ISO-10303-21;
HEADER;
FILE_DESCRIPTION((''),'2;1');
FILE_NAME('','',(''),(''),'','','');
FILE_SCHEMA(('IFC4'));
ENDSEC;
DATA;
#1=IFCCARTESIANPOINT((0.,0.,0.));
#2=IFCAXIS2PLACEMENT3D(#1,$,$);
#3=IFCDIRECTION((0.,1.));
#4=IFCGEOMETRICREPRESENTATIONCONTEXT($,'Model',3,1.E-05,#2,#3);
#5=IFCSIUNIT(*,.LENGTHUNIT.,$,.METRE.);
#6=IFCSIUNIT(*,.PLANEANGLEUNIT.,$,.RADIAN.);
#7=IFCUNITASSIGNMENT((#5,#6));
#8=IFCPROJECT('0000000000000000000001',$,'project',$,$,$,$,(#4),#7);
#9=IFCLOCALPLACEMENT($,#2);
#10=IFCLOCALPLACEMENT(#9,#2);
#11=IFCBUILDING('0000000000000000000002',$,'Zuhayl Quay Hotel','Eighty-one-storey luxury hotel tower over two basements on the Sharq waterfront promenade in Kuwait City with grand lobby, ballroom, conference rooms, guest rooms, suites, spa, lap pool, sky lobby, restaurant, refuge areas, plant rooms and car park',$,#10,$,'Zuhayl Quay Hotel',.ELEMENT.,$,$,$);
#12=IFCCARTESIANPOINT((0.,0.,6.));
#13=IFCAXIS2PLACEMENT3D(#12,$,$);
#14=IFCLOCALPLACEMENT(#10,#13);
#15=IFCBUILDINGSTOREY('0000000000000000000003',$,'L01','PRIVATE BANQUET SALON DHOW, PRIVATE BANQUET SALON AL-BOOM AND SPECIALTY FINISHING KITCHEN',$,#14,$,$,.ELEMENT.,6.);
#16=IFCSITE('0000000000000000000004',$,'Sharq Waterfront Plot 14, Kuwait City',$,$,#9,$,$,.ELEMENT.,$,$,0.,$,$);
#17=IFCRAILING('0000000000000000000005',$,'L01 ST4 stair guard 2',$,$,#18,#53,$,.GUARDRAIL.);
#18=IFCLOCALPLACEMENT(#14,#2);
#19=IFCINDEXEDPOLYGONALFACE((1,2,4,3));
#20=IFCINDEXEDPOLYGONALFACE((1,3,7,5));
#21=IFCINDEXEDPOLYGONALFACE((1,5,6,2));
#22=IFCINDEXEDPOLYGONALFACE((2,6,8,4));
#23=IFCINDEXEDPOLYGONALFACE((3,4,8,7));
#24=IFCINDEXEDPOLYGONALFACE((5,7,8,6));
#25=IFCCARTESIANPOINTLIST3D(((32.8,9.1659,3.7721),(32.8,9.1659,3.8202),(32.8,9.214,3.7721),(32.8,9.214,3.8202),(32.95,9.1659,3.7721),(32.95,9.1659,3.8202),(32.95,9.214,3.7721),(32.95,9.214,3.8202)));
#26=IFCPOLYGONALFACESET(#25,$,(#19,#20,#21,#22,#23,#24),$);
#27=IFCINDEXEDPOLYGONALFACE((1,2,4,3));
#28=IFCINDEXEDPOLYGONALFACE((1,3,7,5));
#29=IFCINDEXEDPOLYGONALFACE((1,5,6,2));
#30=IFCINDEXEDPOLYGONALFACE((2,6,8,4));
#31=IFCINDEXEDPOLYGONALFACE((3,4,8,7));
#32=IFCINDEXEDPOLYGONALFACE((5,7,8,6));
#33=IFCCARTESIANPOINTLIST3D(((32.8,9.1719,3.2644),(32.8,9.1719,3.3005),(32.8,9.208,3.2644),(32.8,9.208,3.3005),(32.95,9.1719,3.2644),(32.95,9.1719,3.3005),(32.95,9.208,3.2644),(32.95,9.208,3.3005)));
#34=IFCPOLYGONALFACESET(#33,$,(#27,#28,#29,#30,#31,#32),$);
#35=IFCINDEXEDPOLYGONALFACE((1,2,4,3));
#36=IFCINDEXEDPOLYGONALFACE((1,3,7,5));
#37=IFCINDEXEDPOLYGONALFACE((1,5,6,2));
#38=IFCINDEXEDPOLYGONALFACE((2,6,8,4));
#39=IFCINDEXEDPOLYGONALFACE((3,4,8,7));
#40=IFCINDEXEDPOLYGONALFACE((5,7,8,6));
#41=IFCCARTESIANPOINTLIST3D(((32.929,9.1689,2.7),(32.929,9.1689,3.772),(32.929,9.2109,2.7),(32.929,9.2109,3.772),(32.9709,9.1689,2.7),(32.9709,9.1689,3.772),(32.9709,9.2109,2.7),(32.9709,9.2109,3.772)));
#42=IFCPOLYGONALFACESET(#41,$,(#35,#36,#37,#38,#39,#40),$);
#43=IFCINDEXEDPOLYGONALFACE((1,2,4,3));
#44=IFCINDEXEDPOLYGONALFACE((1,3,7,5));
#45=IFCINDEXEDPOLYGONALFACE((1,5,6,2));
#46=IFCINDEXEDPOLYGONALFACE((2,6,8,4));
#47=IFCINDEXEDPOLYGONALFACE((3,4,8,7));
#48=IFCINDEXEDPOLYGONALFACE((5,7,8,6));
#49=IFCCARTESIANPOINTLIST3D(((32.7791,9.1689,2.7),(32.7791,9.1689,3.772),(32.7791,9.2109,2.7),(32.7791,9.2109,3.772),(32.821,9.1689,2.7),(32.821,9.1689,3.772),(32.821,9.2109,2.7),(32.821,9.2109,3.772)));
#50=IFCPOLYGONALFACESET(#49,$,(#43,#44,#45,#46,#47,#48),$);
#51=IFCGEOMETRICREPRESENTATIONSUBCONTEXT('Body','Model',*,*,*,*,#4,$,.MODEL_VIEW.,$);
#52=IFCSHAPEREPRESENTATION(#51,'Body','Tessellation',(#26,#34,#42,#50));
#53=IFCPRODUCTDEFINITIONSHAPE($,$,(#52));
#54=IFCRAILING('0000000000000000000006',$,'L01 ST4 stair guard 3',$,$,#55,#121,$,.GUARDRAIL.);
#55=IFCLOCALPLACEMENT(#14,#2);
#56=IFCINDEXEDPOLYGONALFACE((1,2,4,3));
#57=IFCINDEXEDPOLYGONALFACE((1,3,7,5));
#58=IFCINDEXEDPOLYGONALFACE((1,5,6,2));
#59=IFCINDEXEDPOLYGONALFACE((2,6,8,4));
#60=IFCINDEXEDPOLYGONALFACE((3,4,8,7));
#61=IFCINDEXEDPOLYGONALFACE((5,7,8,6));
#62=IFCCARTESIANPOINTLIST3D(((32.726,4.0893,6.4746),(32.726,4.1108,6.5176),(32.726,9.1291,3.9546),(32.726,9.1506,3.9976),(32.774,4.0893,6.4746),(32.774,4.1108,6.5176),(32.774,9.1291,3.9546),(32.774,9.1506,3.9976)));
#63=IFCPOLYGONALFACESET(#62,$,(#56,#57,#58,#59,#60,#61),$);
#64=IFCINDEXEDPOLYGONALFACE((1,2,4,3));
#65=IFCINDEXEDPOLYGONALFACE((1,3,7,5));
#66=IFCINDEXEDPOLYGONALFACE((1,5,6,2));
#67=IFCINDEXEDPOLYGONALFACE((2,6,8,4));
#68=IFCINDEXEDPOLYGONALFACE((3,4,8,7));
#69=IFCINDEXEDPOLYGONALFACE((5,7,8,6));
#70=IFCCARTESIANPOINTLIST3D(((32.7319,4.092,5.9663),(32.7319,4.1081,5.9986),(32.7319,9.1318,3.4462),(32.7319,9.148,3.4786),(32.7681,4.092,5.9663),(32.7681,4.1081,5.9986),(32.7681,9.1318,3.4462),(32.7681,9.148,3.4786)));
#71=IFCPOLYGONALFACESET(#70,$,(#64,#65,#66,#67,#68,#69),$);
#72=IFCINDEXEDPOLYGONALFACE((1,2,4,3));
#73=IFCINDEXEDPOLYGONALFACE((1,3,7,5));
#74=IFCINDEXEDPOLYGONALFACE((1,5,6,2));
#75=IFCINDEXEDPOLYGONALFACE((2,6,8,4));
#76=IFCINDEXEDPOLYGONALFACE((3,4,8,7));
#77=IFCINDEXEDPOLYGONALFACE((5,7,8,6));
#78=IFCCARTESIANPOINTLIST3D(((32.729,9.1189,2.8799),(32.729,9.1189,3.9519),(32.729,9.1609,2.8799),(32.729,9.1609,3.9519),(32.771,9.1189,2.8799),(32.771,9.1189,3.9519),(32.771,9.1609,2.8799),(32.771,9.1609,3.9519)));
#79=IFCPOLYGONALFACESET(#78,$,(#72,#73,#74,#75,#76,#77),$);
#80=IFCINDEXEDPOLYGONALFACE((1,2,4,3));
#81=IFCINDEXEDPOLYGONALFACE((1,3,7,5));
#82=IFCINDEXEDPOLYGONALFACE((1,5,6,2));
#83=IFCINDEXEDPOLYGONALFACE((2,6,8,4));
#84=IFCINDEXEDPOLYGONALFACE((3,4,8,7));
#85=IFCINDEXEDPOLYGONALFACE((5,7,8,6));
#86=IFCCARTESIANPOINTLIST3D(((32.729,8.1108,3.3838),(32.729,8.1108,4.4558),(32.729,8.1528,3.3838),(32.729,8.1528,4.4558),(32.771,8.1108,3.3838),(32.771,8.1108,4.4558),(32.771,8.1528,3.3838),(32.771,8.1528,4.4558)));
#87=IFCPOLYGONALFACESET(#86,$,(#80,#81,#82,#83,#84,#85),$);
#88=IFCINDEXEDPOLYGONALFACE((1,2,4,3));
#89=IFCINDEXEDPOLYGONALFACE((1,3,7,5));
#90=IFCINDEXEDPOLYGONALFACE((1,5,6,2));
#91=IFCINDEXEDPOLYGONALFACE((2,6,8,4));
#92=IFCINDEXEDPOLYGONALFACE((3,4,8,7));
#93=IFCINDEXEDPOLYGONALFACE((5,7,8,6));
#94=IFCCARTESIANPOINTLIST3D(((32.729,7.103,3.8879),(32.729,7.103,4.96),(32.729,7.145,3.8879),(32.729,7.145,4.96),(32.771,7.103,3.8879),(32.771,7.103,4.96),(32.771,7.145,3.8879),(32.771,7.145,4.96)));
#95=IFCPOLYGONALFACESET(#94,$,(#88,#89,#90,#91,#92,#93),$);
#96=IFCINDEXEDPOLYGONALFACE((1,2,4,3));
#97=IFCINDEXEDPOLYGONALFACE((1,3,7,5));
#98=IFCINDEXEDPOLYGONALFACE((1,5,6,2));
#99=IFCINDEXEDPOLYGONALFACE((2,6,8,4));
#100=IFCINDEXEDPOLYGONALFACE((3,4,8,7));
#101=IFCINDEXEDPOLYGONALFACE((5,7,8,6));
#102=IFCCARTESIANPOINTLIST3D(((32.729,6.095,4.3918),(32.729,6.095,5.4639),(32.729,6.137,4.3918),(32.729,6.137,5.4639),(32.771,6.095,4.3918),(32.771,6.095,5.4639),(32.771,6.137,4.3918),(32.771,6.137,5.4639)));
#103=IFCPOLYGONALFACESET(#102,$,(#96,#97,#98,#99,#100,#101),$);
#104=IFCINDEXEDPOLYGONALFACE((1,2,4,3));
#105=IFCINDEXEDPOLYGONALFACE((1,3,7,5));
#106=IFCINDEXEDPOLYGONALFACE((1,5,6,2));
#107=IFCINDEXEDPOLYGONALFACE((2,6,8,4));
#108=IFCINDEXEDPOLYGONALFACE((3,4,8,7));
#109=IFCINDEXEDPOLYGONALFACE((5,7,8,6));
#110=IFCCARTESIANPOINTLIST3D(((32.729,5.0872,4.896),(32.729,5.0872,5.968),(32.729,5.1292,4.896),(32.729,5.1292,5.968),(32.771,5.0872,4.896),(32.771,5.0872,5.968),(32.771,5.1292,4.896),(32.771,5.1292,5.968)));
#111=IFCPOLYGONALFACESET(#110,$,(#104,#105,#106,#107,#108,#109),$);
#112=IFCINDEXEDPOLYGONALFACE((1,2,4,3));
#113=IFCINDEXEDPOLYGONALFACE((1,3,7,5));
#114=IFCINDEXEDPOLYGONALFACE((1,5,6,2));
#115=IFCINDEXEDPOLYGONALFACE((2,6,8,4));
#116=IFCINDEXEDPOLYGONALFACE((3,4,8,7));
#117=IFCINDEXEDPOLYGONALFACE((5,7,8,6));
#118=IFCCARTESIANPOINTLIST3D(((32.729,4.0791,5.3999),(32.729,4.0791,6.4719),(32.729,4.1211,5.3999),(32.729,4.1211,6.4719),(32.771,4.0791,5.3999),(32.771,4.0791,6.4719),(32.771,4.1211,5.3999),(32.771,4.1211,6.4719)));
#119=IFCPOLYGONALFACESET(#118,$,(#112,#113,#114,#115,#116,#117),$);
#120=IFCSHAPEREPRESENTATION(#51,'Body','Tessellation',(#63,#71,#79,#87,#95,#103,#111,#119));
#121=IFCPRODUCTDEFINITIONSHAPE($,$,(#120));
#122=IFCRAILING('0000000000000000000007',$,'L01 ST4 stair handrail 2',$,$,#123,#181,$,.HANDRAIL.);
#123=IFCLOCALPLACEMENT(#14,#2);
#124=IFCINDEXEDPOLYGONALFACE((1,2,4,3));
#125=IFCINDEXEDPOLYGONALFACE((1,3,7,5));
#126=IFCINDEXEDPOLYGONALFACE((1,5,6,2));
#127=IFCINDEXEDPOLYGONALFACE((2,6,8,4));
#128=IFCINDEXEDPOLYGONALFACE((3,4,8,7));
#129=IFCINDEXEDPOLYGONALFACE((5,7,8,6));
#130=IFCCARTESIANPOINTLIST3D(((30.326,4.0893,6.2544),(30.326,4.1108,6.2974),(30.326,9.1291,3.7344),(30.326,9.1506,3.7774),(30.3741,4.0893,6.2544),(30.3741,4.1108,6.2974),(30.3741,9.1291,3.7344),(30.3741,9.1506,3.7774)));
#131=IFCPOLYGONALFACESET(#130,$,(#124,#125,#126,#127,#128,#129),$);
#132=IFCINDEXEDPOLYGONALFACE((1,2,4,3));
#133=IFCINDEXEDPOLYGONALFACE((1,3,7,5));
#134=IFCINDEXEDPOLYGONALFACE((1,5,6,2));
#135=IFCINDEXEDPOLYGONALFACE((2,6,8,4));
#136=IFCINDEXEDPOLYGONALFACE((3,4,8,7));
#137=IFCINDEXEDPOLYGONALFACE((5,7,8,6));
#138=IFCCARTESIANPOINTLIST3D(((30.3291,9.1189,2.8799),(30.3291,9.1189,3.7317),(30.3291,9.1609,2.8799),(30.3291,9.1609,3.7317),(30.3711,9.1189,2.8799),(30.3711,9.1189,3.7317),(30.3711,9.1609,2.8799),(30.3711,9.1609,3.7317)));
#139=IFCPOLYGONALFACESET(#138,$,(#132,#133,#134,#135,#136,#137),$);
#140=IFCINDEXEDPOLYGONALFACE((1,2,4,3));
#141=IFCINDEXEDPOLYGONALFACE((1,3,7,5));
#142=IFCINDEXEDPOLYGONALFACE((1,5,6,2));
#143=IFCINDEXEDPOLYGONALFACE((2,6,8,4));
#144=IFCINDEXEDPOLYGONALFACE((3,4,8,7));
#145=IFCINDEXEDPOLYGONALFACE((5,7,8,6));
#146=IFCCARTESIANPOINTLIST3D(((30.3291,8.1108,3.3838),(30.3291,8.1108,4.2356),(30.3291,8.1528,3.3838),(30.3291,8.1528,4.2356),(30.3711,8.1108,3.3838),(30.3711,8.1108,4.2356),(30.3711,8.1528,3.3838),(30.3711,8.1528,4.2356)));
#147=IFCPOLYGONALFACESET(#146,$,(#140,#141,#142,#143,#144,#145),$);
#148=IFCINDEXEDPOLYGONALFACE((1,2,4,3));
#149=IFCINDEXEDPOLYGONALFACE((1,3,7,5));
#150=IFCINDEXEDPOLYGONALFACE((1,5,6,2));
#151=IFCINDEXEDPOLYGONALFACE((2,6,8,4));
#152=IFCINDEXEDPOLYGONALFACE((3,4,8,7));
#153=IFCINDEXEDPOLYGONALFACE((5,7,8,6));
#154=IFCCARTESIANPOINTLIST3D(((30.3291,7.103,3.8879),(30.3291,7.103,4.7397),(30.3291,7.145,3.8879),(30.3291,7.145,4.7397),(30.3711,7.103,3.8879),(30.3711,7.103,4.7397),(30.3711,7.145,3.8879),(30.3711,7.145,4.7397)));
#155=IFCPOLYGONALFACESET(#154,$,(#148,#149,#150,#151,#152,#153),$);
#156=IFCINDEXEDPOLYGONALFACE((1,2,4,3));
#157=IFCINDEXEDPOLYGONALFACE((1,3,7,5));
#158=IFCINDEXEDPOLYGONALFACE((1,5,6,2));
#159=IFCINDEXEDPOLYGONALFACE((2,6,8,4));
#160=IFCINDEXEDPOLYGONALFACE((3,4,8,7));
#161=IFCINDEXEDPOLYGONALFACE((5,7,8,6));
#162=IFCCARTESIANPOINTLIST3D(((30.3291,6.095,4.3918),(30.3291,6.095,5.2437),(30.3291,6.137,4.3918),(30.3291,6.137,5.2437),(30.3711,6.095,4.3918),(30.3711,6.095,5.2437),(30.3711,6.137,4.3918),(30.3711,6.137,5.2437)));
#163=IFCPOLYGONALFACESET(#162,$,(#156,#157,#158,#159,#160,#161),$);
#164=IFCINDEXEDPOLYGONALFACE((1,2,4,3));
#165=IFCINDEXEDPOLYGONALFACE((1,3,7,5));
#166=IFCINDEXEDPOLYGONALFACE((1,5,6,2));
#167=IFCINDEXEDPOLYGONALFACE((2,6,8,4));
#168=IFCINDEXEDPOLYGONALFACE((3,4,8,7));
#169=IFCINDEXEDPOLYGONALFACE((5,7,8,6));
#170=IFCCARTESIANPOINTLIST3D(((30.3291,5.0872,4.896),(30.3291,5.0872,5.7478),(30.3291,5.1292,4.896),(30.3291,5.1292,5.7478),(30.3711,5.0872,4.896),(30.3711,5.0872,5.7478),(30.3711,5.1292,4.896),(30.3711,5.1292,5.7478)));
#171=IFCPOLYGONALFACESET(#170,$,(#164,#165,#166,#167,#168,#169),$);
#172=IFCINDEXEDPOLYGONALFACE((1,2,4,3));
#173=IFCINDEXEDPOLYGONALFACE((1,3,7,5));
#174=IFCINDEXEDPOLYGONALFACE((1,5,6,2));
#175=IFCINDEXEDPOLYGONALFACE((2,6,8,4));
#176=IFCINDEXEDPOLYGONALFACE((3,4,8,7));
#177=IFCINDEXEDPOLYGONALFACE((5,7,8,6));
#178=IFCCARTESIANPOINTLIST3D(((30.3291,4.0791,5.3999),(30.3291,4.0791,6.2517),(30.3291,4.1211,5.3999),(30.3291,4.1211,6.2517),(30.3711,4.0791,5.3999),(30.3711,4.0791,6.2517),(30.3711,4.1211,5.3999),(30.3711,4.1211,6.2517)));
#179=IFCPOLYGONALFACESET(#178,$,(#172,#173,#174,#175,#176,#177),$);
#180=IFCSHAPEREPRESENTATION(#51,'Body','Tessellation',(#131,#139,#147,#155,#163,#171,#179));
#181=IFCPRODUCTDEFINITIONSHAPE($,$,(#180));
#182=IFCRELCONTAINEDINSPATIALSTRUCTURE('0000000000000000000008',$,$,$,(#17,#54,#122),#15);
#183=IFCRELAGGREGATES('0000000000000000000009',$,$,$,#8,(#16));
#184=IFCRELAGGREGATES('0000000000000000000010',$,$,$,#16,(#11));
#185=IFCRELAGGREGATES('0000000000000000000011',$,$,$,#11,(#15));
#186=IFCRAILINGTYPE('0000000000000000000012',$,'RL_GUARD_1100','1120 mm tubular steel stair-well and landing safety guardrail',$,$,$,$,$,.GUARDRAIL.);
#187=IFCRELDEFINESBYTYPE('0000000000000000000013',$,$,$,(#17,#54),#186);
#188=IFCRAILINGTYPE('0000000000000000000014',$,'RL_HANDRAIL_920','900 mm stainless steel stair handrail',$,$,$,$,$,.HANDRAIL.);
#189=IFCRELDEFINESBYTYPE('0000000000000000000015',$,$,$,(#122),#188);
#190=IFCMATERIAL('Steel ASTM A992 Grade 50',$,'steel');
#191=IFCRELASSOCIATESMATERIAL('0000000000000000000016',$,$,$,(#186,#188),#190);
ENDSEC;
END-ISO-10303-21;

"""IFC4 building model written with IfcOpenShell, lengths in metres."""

from ifc_helpers import new_model, si_unit, direction, frame, origin, origin_2d, place, context, subcontext, project, spatial, rectangle, extrude, material, type_object, element, save


model = new_model("IFC4")

# Units and contexts
model_context = context("Model", 3, precision=1e-05, world=origin(), true_north=direction((0.0, 1.0)))
body_context = subcontext(model_context, "Body", "Model", "MODEL_VIEW")
ifc_project = project(units=[si_unit("LENGTHUNIT", "METRE"), si_unit("PLANEANGLEUNIT", "RADIAN")], contexts=[model_context])

# Site, building, storey
site_placement = place(None, origin())
site = spatial("IfcSite", under=ifc_project, at=site_placement, Name="Sharq Waterfront Plot 14, Kuwait City", CompositionType="ELEMENT", RefElevation=0.0)
building_placement = place(site_placement, origin())
building = spatial("IfcBuilding", under=site, at=building_placement, Name="Zuhayl Quay Hotel", Description="Eighty-one-storey luxury hotel tower over two basements on the Sharq waterfront promenade in Kuwait City with grand lobby, ballroom, conference rooms, guest rooms, suites, spa, lap pool, sky lobby, restaurant, refuge areas, plant rooms and car park", LongName="Zuhayl Quay Hotel", CompositionType="ELEMENT")
storey_placement = place(building_placement, frame((0.0, 0.0, 6.0)))
storey = spatial("IfcBuildingStorey", under=building, at=storey_placement, Name="L01", Description="PRIVATE BANQUET SALON DHOW, PRIVATE BANQUET SALON AL-BOOM AND SPECIALTY FINISHING KITCHEN", CompositionType="ELEMENT", Elevation=6.0)

# Shared definitions
ifc_material_1 = material(Name="Steel ASTM A992 Grade 50", Category="steel")

# Railings
railing_type_1 = type_object("IfcRailingType", Name="RL_GUARD_1100", Description="1120 mm tubular steel stair-well and landing safety guardrail", PredefinedType="GUARDRAIL", material=ifc_material_1)
railing_1_placement = place(storey_placement, frame((32.95, 9.1899, 2.7)))
element("IfcRailing", 1, at=railing_1_placement, inside=storey, type_object=railing_type_1, Name="L01 ST4 stair guard 2", PredefinedType="GUARDRAIL", context=body_context, shape_type="SweptSolid", body=[
    extrude(rectangle(XDim=0.0481, YDim=0.0481, at=origin_2d()), frame((0.0, 0.0, 1.0962), z_axis=(-1.0, 0.0, 0.0), x_axis=(0.0, -1.0, 0.0)), (0.0, 0.0, 1.0), 0.1499),
    extrude(rectangle(XDim=0.0361, YDim=0.0361, at=origin_2d()), frame((0.0, 0.0, 0.5825), z_axis=(-1.0, 0.0, 0.0), x_axis=(0.0, -1.0, 0.0)), (0.0, 0.0, 1.0), 0.1499),
    extrude(rectangle(XDim=0.042, YDim=0.042, at=origin_2d()), origin(), (0.0, 0.0, 1.0), 1.072),
    extrude(rectangle(XDim=0.042, YDim=0.042, at=origin_2d()), frame((-0.1499, 0.0, 0.0)), (0.0, 0.0, 1.0), 1.072),
])
railing_2_placement = place(storey_placement, frame((32.75, 9.1399, 2.8799)))
element("IfcRailing", 2, at=railing_2_placement, inside=storey, type_object=railing_type_1, Name="L01 ST4 stair guard 3", PredefinedType="GUARDRAIL", context=body_context, shape_type="SweptSolid", body=[
    extrude(rectangle(XDim=0.0481, YDim=0.0481, at=origin_2d()), frame((0.0, 0.0, 1.0962), z_axis=(0.0, -0.894419, 0.447231), x_axis=(1.0, 0.0, 0.0)), (0.0, 0.0, 1.0), 5.6348),
    extrude(rectangle(XDim=0.0361, YDim=0.0361, at=origin_2d()), frame((0.0, 0.0, 0.5825), z_axis=(0.0, -0.894419, 0.447231), x_axis=(1.0, 0.0, 0.0)), (0.0, 0.0, 1.0), 5.6348),
    extrude(rectangle(XDim=0.042, YDim=0.042, at=origin_2d()), origin(), (0.0, 0.0, 1.0), 1.072),
    extrude(rectangle(XDim=0.042, YDim=0.042, at=origin_2d()), frame((0.0, -1.0081, 0.5039)), (0.0, 0.0, 1.0), 1.072),
    extrude(rectangle(XDim=0.042, YDim=0.042, at=origin_2d()), frame((0.0, -2.0159, 1.0081)), (0.0, 0.0, 1.0), 1.072),
    extrude(rectangle(XDim=0.042, YDim=0.042, at=origin_2d()), frame((0.0, -3.0239, 1.512)), (0.0, 0.0, 1.0), 1.072),
    extrude(rectangle(XDim=0.042, YDim=0.042, at=origin_2d()), frame((0.0, -4.0317, 2.0161)), (0.0, 0.0, 1.0), 1.072),
    extrude(rectangle(XDim=0.042, YDim=0.042, at=origin_2d()), frame((0.0, -5.0398, 2.52)), (0.0, 0.0, 1.0), 1.072),
])
railing_type_2 = type_object("IfcRailingType", Name="RL_HANDRAIL_920", Description="900 mm stainless steel stair handrail", PredefinedType="HANDRAIL", material=ifc_material_1)
railing_3_placement = place(storey_placement, frame((30.3501, 9.1399, 2.8799)))
element("IfcRailing", 3, at=railing_3_placement, inside=storey, type_object=railing_type_2, Name="L01 ST4 stair handrail 2", PredefinedType="HANDRAIL", context=body_context, shape_type="SweptSolid", body=[
    extrude(rectangle(XDim=0.0481, YDim=0.0481, at=origin_2d()), frame((0.0, 0.0, 0.876), z_axis=(0.0, -0.894419, 0.447231), x_axis=(1.0, 0.0, 0.0)), (0.0, 0.0, 1.0), 5.6348),
    extrude(rectangle(XDim=0.042, YDim=0.042, at=origin_2d()), origin(), (0.0, 0.0, 1.0), 0.8518),
    extrude(rectangle(XDim=0.042, YDim=0.042, at=origin_2d()), frame((0.0, -1.0081, 0.5039)), (0.0, 0.0, 1.0), 0.8518),
    extrude(rectangle(XDim=0.042, YDim=0.042, at=origin_2d()), frame((0.0, -2.0159, 1.0081)), (0.0, 0.0, 1.0), 0.8518),
    extrude(rectangle(XDim=0.042, YDim=0.042, at=origin_2d()), frame((0.0, -3.0239, 1.512)), (0.0, 0.0, 1.0), 0.8518),
    extrude(rectangle(XDim=0.042, YDim=0.042, at=origin_2d()), frame((0.0, -4.0317, 2.0161)), (0.0, 0.0, 1.0), 0.8518),
    extrude(rectangle(XDim=0.042, YDim=0.042, at=origin_2d()), frame((0.0, -5.0398, 2.52)), (0.0, 0.0, 1.0), 0.8518),
])

save(model, "model.ifc")
